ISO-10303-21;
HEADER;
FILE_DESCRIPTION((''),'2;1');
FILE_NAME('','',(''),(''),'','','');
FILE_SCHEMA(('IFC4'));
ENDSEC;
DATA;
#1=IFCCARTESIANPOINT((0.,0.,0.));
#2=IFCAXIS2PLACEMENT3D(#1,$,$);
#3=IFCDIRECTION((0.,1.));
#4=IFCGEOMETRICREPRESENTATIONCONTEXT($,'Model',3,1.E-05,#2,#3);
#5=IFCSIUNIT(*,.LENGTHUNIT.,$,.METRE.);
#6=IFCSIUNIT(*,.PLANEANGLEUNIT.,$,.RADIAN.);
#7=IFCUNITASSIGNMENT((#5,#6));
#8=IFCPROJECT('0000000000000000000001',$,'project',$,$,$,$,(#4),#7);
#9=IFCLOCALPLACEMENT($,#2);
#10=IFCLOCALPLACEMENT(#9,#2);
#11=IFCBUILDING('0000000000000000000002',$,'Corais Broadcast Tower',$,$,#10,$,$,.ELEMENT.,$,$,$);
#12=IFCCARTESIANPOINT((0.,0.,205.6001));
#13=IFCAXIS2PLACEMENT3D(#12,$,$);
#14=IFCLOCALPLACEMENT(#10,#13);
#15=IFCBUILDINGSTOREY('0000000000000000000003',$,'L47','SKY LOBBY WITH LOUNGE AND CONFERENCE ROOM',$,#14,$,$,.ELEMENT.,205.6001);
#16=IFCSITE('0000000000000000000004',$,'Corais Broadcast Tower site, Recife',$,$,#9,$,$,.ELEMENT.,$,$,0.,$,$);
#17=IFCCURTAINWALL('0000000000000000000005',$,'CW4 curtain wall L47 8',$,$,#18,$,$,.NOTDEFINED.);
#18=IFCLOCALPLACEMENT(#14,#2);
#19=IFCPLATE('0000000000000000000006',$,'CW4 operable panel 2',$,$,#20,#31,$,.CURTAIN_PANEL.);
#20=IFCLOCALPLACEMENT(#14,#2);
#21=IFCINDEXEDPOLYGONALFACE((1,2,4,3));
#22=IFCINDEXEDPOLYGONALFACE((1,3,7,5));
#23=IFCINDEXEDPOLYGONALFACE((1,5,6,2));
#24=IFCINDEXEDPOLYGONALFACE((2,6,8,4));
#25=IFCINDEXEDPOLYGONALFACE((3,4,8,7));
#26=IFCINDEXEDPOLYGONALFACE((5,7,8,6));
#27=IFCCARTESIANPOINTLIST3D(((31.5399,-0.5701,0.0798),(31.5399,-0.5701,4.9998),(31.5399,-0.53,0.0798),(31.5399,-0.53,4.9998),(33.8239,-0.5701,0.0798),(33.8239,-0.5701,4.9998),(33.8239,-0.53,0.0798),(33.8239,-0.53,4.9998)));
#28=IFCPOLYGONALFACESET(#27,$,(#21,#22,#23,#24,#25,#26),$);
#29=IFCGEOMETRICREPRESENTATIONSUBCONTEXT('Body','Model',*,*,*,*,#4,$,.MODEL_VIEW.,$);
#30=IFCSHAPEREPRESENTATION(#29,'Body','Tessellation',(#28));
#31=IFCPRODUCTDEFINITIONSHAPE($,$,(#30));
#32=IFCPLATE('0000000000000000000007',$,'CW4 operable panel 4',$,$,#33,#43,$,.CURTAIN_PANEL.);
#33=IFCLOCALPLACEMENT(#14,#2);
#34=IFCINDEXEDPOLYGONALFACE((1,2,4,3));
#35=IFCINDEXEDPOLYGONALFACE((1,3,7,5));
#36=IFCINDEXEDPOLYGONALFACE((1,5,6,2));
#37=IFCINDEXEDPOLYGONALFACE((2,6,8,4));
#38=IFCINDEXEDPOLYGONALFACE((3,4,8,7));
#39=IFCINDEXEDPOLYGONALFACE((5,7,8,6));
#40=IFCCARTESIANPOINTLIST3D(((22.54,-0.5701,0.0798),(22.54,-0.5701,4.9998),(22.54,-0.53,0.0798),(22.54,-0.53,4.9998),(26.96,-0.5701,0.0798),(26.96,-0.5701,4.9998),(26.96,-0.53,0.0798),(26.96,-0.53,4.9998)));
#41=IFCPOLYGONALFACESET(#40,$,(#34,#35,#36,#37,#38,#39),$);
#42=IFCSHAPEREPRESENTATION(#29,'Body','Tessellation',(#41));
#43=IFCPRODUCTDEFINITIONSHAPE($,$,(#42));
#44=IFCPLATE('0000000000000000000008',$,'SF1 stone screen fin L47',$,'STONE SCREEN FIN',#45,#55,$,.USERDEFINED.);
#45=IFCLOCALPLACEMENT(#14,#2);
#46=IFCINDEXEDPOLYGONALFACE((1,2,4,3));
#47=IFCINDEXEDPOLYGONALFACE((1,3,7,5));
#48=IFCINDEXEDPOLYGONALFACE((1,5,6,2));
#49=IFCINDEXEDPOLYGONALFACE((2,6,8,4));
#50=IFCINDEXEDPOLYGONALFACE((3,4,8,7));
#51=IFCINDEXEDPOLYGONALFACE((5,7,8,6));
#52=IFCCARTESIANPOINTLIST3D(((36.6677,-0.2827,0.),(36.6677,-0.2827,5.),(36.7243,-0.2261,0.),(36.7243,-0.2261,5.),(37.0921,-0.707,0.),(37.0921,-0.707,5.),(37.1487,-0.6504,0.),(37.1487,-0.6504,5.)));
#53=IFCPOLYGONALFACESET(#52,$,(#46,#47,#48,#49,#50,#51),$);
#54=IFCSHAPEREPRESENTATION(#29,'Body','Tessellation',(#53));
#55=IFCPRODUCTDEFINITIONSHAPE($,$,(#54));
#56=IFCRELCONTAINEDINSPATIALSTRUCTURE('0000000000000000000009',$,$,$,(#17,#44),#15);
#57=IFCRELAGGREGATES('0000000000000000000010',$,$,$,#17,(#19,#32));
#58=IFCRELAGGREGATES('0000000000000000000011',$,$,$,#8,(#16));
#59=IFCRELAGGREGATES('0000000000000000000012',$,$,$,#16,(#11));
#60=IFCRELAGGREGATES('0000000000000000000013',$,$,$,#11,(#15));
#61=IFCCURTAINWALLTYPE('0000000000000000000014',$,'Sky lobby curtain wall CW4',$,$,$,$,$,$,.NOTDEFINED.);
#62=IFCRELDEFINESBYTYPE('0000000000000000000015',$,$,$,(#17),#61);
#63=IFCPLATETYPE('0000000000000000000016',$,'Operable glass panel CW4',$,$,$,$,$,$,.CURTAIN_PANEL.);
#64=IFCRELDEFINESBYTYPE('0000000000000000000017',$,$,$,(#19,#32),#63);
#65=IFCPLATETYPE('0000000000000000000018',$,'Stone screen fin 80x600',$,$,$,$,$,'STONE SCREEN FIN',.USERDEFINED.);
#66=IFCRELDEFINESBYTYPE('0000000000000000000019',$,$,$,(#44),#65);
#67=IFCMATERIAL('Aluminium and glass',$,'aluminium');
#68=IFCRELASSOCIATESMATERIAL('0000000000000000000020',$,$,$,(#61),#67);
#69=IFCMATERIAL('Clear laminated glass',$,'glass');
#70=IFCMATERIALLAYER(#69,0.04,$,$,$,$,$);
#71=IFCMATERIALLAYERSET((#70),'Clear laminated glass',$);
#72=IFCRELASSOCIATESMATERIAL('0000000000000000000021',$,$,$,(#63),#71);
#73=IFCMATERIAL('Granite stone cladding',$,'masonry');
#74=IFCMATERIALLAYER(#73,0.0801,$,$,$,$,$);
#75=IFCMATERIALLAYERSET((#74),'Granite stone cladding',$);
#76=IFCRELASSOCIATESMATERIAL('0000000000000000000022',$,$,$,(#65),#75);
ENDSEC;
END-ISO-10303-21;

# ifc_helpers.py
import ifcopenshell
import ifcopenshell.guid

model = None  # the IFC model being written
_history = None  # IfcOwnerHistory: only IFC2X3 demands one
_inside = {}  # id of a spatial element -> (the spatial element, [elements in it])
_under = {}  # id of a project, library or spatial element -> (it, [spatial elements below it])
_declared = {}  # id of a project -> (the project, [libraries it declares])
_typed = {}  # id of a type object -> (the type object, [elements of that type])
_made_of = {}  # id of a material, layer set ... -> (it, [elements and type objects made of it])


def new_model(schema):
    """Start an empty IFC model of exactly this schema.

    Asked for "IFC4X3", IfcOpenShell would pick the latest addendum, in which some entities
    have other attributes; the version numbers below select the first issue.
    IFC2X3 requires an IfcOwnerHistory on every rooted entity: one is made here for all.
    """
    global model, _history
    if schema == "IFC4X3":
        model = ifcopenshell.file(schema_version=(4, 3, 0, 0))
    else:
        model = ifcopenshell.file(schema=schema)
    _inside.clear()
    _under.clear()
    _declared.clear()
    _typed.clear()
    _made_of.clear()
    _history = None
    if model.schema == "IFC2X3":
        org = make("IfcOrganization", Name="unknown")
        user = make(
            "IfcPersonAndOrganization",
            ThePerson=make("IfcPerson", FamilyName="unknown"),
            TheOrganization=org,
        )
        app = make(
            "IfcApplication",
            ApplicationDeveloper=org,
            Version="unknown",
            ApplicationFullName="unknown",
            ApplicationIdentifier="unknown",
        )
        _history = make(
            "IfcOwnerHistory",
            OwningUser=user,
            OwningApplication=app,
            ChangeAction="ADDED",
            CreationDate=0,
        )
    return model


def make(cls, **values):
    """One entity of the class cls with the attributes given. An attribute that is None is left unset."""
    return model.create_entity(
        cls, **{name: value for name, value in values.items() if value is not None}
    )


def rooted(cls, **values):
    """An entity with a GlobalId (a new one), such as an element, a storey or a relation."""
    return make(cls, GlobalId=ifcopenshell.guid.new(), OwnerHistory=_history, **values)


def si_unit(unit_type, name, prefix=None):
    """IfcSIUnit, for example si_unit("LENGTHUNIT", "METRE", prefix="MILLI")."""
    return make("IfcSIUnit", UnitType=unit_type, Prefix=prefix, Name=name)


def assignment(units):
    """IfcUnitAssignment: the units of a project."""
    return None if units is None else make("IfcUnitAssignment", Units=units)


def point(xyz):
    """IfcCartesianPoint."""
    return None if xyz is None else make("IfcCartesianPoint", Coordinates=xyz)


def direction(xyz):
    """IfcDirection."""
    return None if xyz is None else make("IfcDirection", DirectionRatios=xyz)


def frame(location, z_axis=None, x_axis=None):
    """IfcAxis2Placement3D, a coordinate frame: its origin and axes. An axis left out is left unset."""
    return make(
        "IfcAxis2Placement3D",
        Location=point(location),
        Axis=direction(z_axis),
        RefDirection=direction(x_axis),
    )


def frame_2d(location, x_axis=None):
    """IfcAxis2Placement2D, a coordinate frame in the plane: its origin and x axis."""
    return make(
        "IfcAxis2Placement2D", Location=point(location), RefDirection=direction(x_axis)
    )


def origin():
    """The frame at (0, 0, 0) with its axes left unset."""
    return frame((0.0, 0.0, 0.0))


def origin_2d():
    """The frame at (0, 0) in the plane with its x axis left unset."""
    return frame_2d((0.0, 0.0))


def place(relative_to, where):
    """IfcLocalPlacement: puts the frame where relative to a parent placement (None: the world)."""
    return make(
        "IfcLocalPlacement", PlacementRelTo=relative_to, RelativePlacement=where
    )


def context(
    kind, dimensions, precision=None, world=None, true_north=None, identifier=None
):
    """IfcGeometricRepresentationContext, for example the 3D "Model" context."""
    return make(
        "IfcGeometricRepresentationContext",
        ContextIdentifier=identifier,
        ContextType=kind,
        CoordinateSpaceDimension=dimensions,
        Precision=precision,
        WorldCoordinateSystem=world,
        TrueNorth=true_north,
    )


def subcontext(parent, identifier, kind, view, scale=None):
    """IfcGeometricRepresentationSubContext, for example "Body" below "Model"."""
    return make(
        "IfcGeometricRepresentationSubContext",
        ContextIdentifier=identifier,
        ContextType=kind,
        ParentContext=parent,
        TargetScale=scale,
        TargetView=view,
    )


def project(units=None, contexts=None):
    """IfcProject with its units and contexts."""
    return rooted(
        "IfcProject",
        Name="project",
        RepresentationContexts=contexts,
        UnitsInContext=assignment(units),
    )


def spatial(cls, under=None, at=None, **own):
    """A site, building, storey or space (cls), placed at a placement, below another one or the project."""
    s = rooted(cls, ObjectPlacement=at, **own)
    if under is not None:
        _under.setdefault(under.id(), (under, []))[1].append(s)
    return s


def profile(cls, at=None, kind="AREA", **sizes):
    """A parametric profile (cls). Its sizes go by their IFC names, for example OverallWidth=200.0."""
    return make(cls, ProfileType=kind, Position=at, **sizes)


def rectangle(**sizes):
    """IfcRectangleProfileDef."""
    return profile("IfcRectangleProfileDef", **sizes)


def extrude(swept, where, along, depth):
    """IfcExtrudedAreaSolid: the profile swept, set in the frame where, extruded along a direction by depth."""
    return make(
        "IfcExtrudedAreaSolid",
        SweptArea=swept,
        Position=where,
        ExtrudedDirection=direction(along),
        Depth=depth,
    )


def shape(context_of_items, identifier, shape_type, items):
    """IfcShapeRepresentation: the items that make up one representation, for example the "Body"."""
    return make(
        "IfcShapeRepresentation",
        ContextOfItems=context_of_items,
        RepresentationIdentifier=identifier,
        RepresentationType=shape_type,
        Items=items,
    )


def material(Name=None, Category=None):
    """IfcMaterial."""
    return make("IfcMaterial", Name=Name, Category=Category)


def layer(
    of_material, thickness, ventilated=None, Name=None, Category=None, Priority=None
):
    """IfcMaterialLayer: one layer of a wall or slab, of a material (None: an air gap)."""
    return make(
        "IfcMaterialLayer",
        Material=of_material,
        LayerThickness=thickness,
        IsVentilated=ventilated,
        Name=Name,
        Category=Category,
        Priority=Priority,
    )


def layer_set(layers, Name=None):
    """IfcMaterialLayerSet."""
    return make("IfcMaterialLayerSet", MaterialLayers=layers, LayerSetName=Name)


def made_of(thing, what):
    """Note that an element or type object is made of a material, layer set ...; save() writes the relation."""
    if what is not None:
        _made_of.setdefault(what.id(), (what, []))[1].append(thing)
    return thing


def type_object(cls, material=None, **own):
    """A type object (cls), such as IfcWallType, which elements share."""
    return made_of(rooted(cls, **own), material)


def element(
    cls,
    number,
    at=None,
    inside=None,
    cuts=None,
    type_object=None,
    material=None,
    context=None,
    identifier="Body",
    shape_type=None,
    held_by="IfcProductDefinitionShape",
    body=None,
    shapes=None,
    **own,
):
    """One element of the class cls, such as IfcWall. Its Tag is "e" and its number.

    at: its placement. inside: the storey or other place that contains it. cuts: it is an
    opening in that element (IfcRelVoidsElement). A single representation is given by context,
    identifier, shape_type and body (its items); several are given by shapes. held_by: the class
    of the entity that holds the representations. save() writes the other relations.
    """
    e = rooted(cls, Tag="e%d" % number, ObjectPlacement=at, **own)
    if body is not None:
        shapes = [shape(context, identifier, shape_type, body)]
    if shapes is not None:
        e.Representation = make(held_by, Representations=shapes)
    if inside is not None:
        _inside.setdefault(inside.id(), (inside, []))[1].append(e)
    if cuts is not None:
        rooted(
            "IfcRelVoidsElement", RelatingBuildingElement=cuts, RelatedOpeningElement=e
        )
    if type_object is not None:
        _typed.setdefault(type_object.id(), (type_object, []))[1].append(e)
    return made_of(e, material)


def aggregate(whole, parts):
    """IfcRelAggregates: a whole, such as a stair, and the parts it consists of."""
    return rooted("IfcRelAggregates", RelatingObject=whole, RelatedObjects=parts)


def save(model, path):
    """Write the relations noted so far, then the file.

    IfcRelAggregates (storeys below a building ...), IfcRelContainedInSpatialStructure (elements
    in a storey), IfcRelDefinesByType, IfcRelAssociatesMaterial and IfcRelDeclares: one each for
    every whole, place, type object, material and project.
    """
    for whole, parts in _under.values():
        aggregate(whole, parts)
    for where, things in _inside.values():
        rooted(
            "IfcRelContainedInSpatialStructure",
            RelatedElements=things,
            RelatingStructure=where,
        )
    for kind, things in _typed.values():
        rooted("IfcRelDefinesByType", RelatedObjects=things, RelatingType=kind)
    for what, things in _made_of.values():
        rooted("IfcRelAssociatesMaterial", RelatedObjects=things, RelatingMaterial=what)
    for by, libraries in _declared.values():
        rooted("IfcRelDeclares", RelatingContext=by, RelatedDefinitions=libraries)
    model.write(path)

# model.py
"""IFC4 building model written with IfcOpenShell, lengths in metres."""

from ifc_helpers import new_model, si_unit, direction, frame, origin, origin_2d, place, context, subcontext, project, spatial, rectangle, extrude, material, layer, layer_set, type_object, element, aggregate, save


model = new_model("IFC4")

# Units and contexts
model_context = context("Model", 3, precision=1e-05, world=origin(), true_north=direction((0.0, 1.0)))
body_context = subcontext(model_context, "Body", "Model", "MODEL_VIEW")
ifc_project = project(units=[si_unit("LENGTHUNIT", "METRE"), si_unit("PLANEANGLEUNIT", "RADIAN")], contexts=[model_context])

# Site, building, storey
site_placement = place(None, origin())
site = spatial("IfcSite", under=ifc_project, at=site_placement, Name="Corais Broadcast Tower site, Recife", CompositionType="ELEMENT", RefElevation=0.0)
building_placement = place(site_placement, origin())
building = spatial("IfcBuilding", under=site, at=building_placement, Name="Corais Broadcast Tower", CompositionType="ELEMENT")
storey_placement = place(building_placement, frame((0.0, 0.0, 205.6001)))
storey = spatial("IfcBuildingStorey", under=building, at=storey_placement, Name="L47", Description="SKY LOBBY WITH LOUNGE AND CONFERENCE ROOM", CompositionType="ELEMENT", Elevation=205.6001)

# Shared definitions
ifc_material_1 = material(Name="Aluminium and glass", Category="aluminium")
curtain_wall_type = type_object("IfcCurtainWallType", Name="Sky lobby curtain wall CW4", PredefinedType="NOTDEFINED", material=ifc_material_1)

# Curtain wall
curtain_wall_1_placement = place(storey_placement, origin())
curtain_wall_1 = element("IfcCurtainWall", 1, at=curtain_wall_1_placement, inside=storey, type_object=curtain_wall_type, Name="CW4 curtain wall L47 8", PredefinedType="NOTDEFINED")

# Plates
ifc_material_2 = material(Name="Clear laminated glass", Category="glass")
ifc_layer_1 = layer(ifc_material_2, 0.04)
ifc_layer_set_1 = layer_set([ifc_layer_1], Name="Clear laminated glass")
plate_type_1 = type_object("IfcPlateType", Name="Operable glass panel CW4", PredefinedType="CURTAIN_PANEL", material=ifc_layer_set_1)
plate_1_placement = place(storey_placement, frame((32.6819, -0.55, 0.0798), z_axis=(0.0, 0.0, 1.0), x_axis=(-1.0, 0.0, 0.0)))
plate_1 = element("IfcPlate", 2, at=plate_1_placement, type_object=plate_type_1, Name="CW4 operable panel 2", PredefinedType="CURTAIN_PANEL", context=body_context, shape_type="SweptSolid", body=[
    extrude(rectangle(XDim=2.2839, YDim=0.04, at=origin_2d()), origin(), (0.0, 0.0, 1.0), 4.9199),
])
plate_2_placement = place(storey_placement, frame((24.75, -0.55, 0.0798), z_axis=(0.0, 0.0, 1.0), x_axis=(-1.0, 0.0, 0.0)))
plate_2 = element("IfcPlate", 3, at=plate_2_placement, type_object=plate_type_1, Name="CW4 operable panel 4", PredefinedType="CURTAIN_PANEL", context=body_context, shape_type="SweptSolid", body=[
    extrude(rectangle(XDim=4.4199, YDim=0.04, at=origin_2d()), origin(), (0.0, 0.0, 1.0), 4.9199),
])
aggregate(curtain_wall_1, [plate_1, plate_2])
ifc_material_3 = material(Name="Granite stone cladding", Category="masonry")
ifc_layer_2 = layer(ifc_material_3, 0.0801)
ifc_layer_set_2 = layer_set([ifc_layer_2], Name="Granite stone cladding")
plate_type_2 = type_object("IfcPlateType", Name="Stone screen fin 80x600", ElementType="STONE SCREEN FIN", PredefinedType="USERDEFINED", material=ifc_layer_set_2)
plate_3_placement = place(storey_placement, frame((36.9082, -0.4666, 0.0), z_axis=(0.0, 0.0, 1.0), x_axis=(-0.707107, -0.707107, 0.0)))
element("IfcPlate", 4, at=plate_3_placement, inside=storey, type_object=plate_type_2, Name="SF1 stone screen fin L47", ObjectType="STONE SCREEN FIN", PredefinedType="USERDEFINED", context=body_context, shape_type="SweptSolid", body=[
    extrude(rectangle(XDim=0.0801, YDim=0.6001, at=origin_2d()), origin(), (0.0, 0.0, 1.0), 5.0),
])

save(model, "model.ifc")
